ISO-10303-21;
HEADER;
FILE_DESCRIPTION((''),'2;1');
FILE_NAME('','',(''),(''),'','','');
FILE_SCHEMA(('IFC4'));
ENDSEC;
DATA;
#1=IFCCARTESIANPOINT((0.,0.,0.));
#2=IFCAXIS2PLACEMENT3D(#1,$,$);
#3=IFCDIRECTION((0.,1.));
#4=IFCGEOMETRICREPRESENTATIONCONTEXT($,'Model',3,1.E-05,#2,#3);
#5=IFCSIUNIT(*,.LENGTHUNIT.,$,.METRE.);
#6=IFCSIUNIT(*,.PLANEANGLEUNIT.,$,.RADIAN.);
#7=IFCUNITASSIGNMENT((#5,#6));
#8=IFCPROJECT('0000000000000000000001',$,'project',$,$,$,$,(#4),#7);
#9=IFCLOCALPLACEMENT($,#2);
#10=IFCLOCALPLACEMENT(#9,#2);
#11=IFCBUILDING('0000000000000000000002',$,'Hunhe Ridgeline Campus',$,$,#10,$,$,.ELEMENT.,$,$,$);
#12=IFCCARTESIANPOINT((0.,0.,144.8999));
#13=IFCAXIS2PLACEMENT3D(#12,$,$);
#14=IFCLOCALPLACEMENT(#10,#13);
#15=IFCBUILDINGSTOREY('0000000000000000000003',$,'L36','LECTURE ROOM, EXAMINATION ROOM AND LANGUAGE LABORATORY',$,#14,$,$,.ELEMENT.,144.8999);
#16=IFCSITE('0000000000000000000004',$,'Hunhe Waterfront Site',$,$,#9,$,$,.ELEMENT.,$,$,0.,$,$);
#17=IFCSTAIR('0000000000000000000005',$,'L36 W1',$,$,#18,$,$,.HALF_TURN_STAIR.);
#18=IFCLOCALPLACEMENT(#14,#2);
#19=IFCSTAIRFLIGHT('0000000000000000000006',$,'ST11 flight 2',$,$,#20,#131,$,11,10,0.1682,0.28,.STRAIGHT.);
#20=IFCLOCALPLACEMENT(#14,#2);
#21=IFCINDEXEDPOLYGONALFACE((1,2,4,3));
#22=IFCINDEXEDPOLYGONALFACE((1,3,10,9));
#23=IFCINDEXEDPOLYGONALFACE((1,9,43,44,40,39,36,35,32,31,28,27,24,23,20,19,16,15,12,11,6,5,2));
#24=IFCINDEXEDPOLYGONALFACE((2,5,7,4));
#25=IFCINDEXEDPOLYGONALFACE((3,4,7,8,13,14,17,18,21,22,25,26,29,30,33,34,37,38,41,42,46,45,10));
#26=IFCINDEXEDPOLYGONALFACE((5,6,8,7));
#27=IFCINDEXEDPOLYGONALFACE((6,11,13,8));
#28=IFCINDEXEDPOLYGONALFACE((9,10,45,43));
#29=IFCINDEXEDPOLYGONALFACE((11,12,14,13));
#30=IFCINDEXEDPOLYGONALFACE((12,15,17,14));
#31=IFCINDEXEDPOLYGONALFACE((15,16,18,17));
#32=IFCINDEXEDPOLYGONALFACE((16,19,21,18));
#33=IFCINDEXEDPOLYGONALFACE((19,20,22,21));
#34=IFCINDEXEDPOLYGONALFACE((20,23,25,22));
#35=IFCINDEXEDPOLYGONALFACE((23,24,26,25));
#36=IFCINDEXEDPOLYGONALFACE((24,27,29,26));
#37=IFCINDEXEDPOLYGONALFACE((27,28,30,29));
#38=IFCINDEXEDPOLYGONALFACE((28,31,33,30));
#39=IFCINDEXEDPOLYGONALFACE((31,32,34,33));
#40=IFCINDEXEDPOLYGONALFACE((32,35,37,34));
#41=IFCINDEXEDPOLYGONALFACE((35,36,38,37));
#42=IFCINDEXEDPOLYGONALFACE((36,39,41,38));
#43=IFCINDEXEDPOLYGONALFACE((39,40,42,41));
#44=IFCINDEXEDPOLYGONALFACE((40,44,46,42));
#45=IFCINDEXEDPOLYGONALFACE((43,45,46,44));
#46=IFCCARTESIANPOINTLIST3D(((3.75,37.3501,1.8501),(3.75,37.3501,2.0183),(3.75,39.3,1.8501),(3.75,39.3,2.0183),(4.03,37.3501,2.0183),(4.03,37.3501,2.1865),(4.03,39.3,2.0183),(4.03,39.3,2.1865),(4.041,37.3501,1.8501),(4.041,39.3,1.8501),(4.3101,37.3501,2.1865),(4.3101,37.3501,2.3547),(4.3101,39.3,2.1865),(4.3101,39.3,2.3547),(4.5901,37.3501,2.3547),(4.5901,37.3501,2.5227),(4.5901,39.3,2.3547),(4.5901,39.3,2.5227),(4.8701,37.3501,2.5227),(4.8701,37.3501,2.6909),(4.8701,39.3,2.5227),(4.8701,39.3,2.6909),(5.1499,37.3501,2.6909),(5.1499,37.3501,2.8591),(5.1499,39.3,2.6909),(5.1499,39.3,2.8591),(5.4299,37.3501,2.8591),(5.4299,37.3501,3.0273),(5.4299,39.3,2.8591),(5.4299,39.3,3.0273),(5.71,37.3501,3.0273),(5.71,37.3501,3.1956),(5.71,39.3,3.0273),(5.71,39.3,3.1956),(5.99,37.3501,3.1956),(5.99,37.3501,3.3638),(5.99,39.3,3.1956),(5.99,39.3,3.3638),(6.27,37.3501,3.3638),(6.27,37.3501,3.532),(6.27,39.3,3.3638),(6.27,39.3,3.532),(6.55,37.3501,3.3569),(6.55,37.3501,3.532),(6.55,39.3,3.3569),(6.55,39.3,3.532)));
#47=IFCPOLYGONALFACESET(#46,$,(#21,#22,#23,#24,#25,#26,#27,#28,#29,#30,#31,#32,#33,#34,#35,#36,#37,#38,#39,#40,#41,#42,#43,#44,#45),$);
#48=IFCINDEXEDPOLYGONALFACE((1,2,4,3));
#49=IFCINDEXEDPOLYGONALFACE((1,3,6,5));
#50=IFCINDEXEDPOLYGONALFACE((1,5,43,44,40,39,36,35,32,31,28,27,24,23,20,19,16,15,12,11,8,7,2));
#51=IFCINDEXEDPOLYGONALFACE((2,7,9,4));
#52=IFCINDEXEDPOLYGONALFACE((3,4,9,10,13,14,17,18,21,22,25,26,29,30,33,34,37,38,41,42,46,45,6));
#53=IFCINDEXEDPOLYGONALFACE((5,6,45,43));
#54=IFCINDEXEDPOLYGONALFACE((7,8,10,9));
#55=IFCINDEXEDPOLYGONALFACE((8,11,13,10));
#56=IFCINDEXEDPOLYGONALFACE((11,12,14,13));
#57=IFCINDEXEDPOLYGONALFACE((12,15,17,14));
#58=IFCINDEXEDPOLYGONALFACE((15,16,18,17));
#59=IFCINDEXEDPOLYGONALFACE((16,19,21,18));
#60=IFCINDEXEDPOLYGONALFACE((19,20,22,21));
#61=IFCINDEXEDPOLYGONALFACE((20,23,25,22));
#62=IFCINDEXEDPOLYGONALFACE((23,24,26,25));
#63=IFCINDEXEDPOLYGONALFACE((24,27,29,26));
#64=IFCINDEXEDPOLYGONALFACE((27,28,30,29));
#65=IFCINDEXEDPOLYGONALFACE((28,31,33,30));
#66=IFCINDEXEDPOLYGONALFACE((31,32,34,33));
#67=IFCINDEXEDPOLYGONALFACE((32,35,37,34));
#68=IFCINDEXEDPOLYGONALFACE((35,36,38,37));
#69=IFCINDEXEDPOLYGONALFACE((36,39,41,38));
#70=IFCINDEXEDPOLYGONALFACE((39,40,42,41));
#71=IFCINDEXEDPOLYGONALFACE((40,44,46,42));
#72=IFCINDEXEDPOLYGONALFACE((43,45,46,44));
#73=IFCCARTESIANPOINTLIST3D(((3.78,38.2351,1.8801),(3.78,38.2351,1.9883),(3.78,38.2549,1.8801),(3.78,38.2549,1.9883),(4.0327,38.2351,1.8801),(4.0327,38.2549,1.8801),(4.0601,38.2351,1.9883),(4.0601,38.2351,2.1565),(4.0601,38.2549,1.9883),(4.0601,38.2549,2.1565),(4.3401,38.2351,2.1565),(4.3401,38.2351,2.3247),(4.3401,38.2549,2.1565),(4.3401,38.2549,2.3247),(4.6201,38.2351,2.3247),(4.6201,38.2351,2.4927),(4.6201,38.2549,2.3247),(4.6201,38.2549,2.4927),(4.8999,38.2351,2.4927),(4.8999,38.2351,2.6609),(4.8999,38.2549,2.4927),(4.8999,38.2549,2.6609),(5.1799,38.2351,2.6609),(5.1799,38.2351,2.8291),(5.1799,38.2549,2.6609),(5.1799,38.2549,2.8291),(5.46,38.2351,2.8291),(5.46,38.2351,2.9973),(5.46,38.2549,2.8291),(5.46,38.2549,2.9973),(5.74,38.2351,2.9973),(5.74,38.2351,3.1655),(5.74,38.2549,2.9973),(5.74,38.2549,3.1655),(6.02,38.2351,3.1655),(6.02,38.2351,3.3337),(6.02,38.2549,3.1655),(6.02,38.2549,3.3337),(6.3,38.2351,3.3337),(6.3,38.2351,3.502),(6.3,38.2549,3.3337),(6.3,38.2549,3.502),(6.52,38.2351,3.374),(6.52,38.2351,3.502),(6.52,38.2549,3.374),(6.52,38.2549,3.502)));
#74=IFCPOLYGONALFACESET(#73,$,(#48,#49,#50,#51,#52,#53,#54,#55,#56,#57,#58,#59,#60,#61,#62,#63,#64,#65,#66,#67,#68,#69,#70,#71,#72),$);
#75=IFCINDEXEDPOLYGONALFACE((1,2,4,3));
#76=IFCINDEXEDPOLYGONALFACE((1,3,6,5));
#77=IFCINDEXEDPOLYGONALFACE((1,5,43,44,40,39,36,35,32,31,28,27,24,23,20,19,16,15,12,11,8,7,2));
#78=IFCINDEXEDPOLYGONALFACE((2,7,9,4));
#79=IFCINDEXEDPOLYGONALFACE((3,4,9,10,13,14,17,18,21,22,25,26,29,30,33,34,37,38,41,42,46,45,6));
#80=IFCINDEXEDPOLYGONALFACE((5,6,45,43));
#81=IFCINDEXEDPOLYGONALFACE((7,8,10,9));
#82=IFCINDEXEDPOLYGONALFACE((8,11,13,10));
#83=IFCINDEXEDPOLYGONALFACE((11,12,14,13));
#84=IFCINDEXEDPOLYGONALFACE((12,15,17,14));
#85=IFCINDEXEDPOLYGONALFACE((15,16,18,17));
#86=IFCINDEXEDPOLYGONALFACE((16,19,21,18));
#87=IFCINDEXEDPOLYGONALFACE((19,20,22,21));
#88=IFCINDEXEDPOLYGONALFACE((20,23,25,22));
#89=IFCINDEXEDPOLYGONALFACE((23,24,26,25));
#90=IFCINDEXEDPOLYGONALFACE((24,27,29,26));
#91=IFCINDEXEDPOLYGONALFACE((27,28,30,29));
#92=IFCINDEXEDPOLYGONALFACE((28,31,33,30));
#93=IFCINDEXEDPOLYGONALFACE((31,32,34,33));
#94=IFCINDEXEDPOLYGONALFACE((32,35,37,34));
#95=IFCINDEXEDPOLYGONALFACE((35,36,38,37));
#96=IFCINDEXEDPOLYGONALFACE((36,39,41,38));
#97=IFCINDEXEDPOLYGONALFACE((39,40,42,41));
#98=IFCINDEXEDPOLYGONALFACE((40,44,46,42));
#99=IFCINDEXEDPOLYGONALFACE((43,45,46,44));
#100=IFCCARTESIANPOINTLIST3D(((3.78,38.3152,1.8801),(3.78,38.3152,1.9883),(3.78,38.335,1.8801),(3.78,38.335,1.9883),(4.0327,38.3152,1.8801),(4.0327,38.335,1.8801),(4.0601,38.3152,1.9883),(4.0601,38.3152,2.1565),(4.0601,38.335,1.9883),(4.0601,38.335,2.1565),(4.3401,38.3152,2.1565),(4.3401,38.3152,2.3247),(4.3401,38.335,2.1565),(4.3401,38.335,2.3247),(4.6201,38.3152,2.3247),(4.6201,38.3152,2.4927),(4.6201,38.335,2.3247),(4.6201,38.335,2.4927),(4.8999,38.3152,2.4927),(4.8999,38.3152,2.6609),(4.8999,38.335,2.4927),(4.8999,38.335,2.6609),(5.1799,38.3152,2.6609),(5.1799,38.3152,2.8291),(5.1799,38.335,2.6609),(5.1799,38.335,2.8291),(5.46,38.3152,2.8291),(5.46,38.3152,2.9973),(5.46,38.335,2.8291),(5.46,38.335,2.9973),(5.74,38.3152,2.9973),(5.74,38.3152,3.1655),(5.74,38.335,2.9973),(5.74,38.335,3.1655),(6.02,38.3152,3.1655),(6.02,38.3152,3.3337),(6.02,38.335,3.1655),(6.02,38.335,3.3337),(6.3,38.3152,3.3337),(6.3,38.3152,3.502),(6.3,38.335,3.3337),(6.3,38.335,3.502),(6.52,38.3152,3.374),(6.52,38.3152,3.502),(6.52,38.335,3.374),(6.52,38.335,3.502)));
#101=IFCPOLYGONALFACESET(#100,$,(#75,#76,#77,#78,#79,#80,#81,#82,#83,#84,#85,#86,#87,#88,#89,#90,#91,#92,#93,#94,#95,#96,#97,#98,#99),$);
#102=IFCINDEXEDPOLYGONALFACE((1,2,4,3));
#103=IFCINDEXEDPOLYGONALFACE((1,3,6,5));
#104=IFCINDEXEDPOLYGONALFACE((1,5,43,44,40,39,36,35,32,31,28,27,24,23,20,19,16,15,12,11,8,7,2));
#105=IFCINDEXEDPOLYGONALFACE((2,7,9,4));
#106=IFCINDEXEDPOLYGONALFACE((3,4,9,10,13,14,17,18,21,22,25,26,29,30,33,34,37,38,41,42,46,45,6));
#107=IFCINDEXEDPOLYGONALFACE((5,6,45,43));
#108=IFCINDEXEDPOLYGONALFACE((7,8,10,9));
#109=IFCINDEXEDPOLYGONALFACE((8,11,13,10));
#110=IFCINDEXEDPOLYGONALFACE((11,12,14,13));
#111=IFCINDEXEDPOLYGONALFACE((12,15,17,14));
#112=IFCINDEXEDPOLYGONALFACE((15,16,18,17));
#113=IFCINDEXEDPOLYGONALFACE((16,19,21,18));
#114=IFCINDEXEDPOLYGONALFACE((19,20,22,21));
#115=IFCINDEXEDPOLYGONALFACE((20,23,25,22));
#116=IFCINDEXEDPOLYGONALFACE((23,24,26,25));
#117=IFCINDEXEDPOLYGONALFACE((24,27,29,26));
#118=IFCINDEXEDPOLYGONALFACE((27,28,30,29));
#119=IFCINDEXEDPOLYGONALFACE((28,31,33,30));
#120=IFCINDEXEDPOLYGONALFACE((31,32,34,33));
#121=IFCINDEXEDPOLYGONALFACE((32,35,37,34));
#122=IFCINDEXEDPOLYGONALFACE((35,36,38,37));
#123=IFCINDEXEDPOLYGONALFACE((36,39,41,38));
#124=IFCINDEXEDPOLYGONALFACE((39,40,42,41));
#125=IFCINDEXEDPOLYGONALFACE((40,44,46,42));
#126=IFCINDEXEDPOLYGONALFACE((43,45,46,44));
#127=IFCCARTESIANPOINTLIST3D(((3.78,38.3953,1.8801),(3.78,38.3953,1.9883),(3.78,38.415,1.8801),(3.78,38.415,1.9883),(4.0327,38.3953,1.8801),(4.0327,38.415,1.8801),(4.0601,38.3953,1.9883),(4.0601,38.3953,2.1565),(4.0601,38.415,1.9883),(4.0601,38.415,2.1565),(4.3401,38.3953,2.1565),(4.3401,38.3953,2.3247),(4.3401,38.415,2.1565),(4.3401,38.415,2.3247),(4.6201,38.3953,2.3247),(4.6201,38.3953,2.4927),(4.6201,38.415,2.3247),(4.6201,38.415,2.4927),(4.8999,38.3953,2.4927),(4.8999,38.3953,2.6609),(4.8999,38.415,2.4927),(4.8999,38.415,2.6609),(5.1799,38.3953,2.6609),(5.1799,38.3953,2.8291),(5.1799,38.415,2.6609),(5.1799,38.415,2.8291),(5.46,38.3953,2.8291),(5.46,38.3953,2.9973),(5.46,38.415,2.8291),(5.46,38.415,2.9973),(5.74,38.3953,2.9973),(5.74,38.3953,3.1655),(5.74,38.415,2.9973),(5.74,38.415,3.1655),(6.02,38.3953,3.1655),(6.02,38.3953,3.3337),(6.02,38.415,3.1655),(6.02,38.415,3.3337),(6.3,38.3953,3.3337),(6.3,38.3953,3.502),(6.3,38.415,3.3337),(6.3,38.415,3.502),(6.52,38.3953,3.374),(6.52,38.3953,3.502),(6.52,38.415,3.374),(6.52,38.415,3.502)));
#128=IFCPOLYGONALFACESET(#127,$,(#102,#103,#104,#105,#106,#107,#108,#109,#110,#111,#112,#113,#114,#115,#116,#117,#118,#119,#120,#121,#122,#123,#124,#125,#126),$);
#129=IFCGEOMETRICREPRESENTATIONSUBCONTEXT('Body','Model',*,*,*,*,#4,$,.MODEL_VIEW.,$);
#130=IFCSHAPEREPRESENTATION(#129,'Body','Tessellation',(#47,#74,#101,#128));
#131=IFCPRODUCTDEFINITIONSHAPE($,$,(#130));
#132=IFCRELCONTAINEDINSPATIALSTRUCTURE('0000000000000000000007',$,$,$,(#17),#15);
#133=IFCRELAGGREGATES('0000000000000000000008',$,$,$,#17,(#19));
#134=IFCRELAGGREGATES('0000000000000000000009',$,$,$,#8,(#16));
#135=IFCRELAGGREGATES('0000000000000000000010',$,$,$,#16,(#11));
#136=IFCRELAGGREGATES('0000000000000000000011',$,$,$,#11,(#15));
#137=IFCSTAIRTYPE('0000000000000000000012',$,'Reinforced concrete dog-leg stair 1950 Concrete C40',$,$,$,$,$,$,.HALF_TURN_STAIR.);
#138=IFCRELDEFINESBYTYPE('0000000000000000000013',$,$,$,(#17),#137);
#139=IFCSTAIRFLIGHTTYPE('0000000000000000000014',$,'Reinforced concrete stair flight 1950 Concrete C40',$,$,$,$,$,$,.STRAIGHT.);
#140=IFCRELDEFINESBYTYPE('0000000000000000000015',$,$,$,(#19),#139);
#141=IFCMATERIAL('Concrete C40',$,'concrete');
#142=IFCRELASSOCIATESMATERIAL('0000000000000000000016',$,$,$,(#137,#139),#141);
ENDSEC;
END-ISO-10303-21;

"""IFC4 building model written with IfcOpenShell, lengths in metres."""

from ifc_helpers import new_model, si_unit, direction, frame, origin, place, context, subcontext, project, spatial, polyline, outline, extrude, material, type_object, element, aggregate, save


model = new_model("IFC4")

# Units and contexts
model_context = context("Model", 3, precision=1e-05, world=origin(), true_north=direction((0.0, 1.0)))
body_context = subcontext(model_context, "Body", "Model", "MODEL_VIEW")
ifc_project = project(units=[si_unit("LENGTHUNIT", "METRE"), si_unit("PLANEANGLEUNIT", "RADIAN")], contexts=[model_context])

# Site, building, storey
site_placement = place(None, origin())
site = spatial("IfcSite", under=ifc_project, at=site_placement, Name="Hunhe Waterfront Site", CompositionType="ELEMENT", RefElevation=0.0)
building_placement = place(site_placement, origin())
building = spatial("IfcBuilding", under=site, at=building_placement, Name="Hunhe Ridgeline Campus", CompositionType="ELEMENT")
storey_placement = place(building_placement, frame((0.0, 0.0, 144.8999)))
storey = spatial("IfcBuildingStorey", under=building, at=storey_placement, Name="L36", Description="LECTURE ROOM, EXAMINATION ROOM AND LANGUAGE LABORATORY", CompositionType="ELEMENT", Elevation=144.8999)

# Stair, stair flight
ifc_material_1 = material(Name="Concrete C40", Category="concrete")
stair_type = type_object("IfcStairType", Name="Reinforced concrete dog-leg stair 1950 Concrete C40", PredefinedType="HALF_TURN_STAIR", material=ifc_material_1)
stair_placement = place(storey_placement, origin())
stair = element("IfcStair", 1, at=stair_placement, inside=storey, type_object=stair_type, Name="L36 W1", PredefinedType="HALF_TURN_STAIR")
stair_flight_type = type_object("IfcStairFlightType", Name="Reinforced concrete stair flight 1950 Concrete C40", PredefinedType="STRAIGHT", material=ifc_material_1)
stair_flight_1_placement = place(storey_placement, frame((3.75, 38.325, 1.8501), z_axis=(0.0, 0.0, 1.0), x_axis=(1.0, 0.0, 0.0)))
stair_flight_1 = element("IfcStairFlight", 2, at=stair_flight_1_placement, type_object=stair_flight_type, Name="ST11 flight 2", NumberOfRisers=11, NumberOfTreads=10, PredefinedType="STRAIGHT", RiserHeight=0.1682, TreadLength=0.28, context=body_context, shape_type="SweptSolid", body=[
    extrude(outline(polyline([(0.0, 0.0), (0.0, 0.1682), (0.28, 0.1682), (0.28, 0.3364), (0.5601, 0.3364), (0.5601, 0.5046), (0.8401, 0.5046), (0.8401, 0.6726), (1.1201, 0.6726), (1.1201, 0.8408), (1.3999, 0.8408), (1.3999, 1.009), (1.6799, 1.009), (1.6799, 1.1772), (1.96, 1.1772), (1.96, 1.3455), (2.24, 1.3455), (2.24, 1.5137), (2.52, 1.5137), (2.52, 1.6819), (2.8, 1.6819), (2.8, 1.8501), (2.8, 1.5068), (0.291, 0.0), (0.0, 0.0)])), frame((0.0, 0.9751, 0.0), z_axis=(0.0, -1.0, 0.0), x_axis=(1.0, 0.0, 0.0)), (0.0, 0.0, 1.0), 1.95),
    extrude(outline(polyline([(0.03, 0.03), (0.03, 0.1382), (0.3101, 0.1382), (0.3101, 0.3064), (0.5901, 0.3064), (0.5901, 0.4746), (0.8701, 0.4746), (0.8701, 0.6426), (1.1499, 0.6426), (1.1499, 0.8108), (1.4299, 0.8108), (1.4299, 0.979), (1.71, 0.979), (1.71, 1.1472), (1.99, 1.1472), (1.99, 1.3154), (2.27, 1.3154), (2.27, 1.4836), (2.55, 1.4836), (2.55, 1.6519), (2.77, 1.6519), (2.77, 1.5239), (0.2827, 0.03), (0.03, 0.03)])), frame((0.0, -0.0701, 0.0), z_axis=(0.0, -1.0, 0.0), x_axis=(1.0, 0.0, 0.0)), (0.0, 0.0, 1.0), 0.0198),
    extrude(outline(polyline([(0.03, 0.03), (0.03, 0.1382), (0.3101, 0.1382), (0.3101, 0.3064), (0.5901, 0.3064), (0.5901, 0.4746), (0.8701, 0.4746), (0.8701, 0.6426), (1.1499, 0.6426), (1.1499, 0.8108), (1.4299, 0.8108), (1.4299, 0.979), (1.71, 0.979), (1.71, 1.1472), (1.99, 1.1472), (1.99, 1.3154), (2.27, 1.3154), (2.27, 1.4836), (2.55, 1.4836), (2.55, 1.6519), (2.77, 1.6519), (2.77, 1.5239), (0.2827, 0.03), (0.03, 0.03)])), frame((0.0, 0.01, 0.0), z_axis=(0.0, -1.0, 0.0), x_axis=(1.0, 0.0, 0.0)), (0.0, 0.0, 1.0), 0.0198),
    extrude(outline(polyline([(0.03, 0.03), (0.03, 0.1382), (0.3101, 0.1382), (0.3101, 0.3064), (0.5901, 0.3064), (0.5901, 0.4746), (0.8701, 0.4746), (0.8701, 0.6426), (1.1499, 0.6426), (1.1499, 0.8108), (1.4299, 0.8108), (1.4299, 0.979), (1.71, 0.979), (1.71, 1.1472), (1.99, 1.1472), (1.99, 1.3154), (2.27, 1.3154), (2.27, 1.4836), (2.55, 1.4836), (2.55, 1.6519), (2.77, 1.6519), (2.77, 1.5239), (0.2827, 0.03), (0.03, 0.03)])), frame((0.0, 0.0901, 0.0), z_axis=(0.0, -1.0, 0.0), x_axis=(1.0, 0.0, 0.0)), (0.0, 0.0, 1.0), 0.0198),
])
aggregate(stair, [stair_flight_1])

save(model, "model.ifc")
